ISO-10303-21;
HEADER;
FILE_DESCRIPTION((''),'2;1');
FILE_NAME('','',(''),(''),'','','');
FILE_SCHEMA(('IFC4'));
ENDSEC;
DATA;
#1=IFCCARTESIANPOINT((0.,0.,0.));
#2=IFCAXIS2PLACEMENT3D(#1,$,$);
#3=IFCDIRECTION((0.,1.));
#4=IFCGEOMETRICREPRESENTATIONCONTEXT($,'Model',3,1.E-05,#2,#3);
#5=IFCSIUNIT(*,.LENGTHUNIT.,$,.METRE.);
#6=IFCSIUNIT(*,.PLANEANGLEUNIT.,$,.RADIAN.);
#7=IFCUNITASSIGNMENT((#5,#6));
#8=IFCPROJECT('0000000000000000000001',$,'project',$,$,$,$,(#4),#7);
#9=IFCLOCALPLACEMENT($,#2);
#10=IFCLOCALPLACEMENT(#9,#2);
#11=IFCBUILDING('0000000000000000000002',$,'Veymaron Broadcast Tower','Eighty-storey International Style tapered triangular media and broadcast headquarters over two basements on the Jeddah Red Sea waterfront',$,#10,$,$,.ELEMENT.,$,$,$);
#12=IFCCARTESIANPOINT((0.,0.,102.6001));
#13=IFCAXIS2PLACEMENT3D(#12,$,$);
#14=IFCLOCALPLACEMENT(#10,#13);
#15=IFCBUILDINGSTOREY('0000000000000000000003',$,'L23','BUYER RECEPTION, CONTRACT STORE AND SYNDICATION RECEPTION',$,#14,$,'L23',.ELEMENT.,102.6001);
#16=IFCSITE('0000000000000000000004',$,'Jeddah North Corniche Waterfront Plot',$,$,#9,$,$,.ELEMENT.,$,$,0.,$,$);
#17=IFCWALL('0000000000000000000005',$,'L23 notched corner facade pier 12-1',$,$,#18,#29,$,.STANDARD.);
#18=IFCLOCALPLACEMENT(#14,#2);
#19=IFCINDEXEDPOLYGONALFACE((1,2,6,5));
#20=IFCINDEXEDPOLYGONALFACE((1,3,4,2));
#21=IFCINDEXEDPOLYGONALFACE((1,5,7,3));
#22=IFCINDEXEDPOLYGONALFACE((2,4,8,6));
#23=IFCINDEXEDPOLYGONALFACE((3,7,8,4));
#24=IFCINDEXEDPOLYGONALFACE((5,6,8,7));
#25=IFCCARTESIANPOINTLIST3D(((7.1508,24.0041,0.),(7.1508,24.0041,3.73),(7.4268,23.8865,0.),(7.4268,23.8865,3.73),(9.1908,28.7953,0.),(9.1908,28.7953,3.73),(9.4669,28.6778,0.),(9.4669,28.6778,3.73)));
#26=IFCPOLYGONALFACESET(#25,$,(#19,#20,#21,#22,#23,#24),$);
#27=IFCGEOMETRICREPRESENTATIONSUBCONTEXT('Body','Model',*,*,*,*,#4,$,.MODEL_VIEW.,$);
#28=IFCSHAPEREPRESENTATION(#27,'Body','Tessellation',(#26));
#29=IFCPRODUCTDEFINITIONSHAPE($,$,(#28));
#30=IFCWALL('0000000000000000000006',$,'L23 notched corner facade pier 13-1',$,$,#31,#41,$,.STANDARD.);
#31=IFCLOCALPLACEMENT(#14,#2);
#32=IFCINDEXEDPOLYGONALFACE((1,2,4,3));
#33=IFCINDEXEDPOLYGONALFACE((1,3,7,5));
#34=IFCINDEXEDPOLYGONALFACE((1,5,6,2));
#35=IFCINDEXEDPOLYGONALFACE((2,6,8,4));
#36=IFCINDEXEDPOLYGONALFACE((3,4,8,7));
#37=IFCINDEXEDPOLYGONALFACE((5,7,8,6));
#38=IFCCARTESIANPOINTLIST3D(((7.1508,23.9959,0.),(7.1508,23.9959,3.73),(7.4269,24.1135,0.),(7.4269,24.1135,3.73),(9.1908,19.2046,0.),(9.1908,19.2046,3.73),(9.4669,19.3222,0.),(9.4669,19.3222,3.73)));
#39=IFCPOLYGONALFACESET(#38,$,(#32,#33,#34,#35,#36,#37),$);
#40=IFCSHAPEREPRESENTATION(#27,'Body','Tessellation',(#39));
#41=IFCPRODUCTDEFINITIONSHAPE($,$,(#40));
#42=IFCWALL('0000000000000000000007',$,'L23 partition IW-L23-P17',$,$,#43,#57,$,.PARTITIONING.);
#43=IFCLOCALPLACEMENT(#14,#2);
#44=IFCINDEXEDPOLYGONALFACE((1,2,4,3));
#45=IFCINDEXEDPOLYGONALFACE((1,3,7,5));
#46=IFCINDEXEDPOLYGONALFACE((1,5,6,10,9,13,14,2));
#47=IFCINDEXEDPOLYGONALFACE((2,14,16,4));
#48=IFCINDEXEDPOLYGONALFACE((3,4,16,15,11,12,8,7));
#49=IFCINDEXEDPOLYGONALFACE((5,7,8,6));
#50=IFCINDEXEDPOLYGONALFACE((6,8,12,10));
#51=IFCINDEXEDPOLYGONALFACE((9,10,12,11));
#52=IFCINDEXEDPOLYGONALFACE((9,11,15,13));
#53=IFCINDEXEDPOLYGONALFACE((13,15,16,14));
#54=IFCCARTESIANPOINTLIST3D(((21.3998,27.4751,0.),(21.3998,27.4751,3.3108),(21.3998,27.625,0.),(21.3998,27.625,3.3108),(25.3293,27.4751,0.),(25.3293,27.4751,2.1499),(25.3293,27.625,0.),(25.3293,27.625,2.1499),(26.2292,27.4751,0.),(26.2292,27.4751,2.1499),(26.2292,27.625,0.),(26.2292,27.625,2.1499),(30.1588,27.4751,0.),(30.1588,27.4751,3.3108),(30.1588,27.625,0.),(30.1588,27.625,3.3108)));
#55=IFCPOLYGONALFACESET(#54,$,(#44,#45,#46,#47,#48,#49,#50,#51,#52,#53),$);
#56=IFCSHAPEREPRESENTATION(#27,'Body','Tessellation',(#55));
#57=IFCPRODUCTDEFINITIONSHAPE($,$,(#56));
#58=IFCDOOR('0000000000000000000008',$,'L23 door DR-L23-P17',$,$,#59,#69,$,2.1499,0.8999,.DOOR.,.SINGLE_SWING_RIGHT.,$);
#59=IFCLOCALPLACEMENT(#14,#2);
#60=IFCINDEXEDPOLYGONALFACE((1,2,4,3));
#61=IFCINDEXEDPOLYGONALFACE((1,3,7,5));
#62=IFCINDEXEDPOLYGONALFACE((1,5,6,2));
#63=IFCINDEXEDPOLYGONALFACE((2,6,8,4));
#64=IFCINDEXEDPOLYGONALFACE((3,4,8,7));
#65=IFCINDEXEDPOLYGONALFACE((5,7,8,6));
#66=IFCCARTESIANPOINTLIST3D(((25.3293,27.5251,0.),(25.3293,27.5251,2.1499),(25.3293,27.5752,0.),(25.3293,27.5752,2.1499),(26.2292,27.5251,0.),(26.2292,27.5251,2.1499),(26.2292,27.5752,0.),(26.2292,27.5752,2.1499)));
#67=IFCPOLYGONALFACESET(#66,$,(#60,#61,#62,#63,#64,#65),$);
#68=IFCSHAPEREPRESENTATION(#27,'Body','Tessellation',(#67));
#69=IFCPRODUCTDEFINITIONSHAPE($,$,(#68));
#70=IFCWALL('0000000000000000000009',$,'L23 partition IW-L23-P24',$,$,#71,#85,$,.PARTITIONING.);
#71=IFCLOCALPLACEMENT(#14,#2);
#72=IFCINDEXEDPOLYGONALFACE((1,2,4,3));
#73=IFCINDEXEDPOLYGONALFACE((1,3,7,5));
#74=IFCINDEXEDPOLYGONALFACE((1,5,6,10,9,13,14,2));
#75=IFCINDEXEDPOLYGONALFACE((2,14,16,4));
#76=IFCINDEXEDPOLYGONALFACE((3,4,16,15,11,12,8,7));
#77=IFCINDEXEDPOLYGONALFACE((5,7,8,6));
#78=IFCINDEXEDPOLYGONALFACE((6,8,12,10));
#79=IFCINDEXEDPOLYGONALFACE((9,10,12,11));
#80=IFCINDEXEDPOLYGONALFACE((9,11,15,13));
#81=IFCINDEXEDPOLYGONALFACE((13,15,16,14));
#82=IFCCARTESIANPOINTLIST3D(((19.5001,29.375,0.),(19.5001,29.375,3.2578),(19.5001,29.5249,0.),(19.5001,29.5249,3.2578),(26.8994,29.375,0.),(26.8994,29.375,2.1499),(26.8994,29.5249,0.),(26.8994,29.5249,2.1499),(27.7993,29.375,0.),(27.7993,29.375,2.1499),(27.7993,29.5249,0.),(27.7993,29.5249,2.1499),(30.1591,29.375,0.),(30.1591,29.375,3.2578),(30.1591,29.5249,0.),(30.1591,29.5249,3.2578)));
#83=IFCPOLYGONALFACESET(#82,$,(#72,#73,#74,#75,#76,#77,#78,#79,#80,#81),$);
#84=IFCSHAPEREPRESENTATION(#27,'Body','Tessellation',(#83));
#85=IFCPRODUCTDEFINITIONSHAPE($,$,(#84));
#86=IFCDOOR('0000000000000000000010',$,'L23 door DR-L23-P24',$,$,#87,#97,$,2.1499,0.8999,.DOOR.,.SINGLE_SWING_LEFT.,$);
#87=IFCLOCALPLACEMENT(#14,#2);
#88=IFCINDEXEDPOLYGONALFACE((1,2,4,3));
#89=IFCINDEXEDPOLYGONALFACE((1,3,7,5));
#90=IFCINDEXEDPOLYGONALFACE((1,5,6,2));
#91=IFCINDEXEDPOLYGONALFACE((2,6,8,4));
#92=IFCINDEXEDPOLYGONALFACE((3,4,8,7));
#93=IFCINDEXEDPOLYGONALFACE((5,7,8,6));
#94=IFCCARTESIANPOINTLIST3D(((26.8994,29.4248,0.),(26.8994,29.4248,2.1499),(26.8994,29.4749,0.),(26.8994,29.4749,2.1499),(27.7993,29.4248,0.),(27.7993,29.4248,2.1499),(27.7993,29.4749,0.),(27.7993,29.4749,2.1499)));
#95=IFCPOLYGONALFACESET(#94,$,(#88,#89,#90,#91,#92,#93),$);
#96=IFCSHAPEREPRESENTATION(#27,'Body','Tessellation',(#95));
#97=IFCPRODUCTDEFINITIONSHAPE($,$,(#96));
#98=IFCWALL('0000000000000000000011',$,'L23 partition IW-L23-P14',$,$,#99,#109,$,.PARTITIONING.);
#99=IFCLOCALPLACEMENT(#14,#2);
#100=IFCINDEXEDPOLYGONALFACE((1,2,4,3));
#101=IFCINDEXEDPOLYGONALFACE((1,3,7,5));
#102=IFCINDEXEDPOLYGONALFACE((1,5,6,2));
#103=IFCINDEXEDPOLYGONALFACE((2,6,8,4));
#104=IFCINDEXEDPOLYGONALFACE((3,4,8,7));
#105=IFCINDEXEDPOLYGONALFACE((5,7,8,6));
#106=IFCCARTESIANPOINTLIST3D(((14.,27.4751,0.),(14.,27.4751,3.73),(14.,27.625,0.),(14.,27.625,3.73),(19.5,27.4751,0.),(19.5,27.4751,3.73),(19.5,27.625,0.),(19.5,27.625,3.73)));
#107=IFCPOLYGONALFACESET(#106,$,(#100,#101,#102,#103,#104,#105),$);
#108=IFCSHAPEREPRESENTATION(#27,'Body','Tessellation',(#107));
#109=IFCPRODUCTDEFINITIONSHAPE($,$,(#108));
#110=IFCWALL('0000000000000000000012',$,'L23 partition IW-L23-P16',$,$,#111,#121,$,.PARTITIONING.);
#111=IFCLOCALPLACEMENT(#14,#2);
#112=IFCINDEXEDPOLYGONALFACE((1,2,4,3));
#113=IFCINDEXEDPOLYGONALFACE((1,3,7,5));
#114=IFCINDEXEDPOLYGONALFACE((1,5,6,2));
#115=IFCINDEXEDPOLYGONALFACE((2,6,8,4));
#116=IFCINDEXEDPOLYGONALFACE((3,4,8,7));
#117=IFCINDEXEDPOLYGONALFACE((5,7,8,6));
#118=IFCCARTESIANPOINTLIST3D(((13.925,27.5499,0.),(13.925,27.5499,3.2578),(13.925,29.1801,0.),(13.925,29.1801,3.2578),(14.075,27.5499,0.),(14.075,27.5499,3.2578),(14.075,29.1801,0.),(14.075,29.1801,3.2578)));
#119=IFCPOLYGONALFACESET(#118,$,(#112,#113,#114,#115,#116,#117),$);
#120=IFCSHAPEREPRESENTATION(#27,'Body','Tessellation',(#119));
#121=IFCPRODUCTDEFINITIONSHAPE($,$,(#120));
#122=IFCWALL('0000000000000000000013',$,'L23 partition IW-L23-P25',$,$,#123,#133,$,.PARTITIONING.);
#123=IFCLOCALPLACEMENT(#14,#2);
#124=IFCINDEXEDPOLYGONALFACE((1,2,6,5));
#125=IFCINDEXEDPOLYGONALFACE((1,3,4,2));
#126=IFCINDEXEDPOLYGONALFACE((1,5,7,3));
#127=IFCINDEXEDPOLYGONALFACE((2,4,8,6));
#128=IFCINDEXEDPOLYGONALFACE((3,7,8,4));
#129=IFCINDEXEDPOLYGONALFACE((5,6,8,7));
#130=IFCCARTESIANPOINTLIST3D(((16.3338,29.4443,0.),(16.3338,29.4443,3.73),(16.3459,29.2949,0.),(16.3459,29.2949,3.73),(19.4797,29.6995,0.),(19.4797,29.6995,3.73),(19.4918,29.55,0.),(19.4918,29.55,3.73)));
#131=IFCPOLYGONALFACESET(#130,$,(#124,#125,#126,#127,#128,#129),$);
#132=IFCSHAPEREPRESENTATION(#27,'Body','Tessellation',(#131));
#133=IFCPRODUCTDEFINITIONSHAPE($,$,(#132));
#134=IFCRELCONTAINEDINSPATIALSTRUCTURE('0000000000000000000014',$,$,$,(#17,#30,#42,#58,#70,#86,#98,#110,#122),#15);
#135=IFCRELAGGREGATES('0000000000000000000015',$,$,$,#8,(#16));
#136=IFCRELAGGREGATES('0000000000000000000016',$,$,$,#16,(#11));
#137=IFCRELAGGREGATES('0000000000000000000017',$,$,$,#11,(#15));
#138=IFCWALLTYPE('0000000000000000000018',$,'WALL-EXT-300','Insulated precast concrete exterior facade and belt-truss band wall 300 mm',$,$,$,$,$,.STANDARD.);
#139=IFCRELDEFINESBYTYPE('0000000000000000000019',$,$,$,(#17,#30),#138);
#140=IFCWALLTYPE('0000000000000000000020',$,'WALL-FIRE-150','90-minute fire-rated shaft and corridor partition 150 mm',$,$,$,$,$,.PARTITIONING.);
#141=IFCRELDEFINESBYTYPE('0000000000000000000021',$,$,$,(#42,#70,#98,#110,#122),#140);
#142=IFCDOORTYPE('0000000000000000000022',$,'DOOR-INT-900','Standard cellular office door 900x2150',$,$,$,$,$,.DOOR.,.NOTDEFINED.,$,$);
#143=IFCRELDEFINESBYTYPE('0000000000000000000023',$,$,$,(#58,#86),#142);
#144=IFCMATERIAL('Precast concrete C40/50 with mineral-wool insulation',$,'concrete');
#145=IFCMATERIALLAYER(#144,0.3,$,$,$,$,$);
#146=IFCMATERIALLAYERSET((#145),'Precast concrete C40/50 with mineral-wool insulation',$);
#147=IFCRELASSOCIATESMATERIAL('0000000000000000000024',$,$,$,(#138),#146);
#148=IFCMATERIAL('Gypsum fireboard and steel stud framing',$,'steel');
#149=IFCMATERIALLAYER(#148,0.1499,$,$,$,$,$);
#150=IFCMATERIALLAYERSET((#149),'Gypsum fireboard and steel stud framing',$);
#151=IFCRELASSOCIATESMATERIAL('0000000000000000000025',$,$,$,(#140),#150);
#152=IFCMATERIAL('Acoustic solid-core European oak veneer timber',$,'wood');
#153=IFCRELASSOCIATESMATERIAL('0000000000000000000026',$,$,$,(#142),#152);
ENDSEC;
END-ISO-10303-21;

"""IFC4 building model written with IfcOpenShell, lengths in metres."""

from ifc_helpers import new_model, si_unit, direction, frame, frame_2d, origin, place, context, subcontext, project, spatial, rectangle, extrude, material, layer, layer_set, type_object, element, fill, save


model = new_model("IFC4")

# Units and contexts
model_context = context("Model", 3, precision=1e-05, world=origin(), true_north=direction((0.0, 1.0)))
body_context = subcontext(model_context, "Body", "Model", "MODEL_VIEW")
ifc_project = project(units=[si_unit("LENGTHUNIT", "METRE"), si_unit("PLANEANGLEUNIT", "RADIAN")], contexts=[model_context])

# Site, building, storey
site_placement = place(None, origin())
site = spatial("IfcSite", under=ifc_project, at=site_placement, Name="Jeddah North Corniche Waterfront Plot", CompositionType="ELEMENT", RefElevation=0.0)
building_placement = place(site_placement, origin())
building = spatial("IfcBuilding", under=site, at=building_placement, Name="Veymaron Broadcast Tower", Description="Eighty-storey International Style tapered triangular media and broadcast headquarters over two basements on the Jeddah Red Sea waterfront", CompositionType="ELEMENT")
storey_placement = place(building_placement, frame((0.0, 0.0, 102.6001)))
storey = spatial("IfcBuildingStorey", under=building, at=storey_placement, Name="L23", Description="BUYER RECEPTION, CONTRACT STORE AND SYNDICATION RECEPTION", LongName="L23", CompositionType="ELEMENT", Elevation=102.6001)

# Walls
ifc_material_1 = material(Name="Precast concrete C40/50 with mineral-wool insulation", Category="concrete")
ifc_layer_1 = layer(ifc_material_1, 0.3)
ifc_layer_set_1 = layer_set([ifc_layer_1], Name="Precast concrete C40/50 with mineral-wool insulation")
wall_type_1 = type_object("IfcWallType", Name="WALL-EXT-300", Description="Insulated precast concrete exterior facade and belt-truss band wall 300 mm", PredefinedType="STANDARD", material=ifc_layer_set_1)
for number, where, z_axis, x_axis, name in (
    (1, (9.3289, 28.7366, 0.0), (0.0, 0.0, 1.0), (-0.391751, -0.920071, 0.0), "L23 notched corner facade pier 12-1"),
    (2, (7.2888, 24.0547, 0.0), (0.0, 0.0, 1.0), (0.391751, -0.920071, 0.0), "L23 notched corner facade pier 13-1"),
):
    element("IfcWall", number, at=place(storey_placement, frame(where, z_axis=z_axis, x_axis=x_axis)), inside=storey, type_object=wall_type_1, Name=name, PredefinedType="STANDARD", context=body_context, shape_type="SweptSolid", body=[
        extrude(rectangle(XDim=5.2075, YDim=0.3, at=frame_2d((2.6038, 0.0))), origin(), (0.0, 0.0, 1.0), 3.73),
    ])

# Walls, openings, doors
ifc_material_2 = material(Name="Gypsum fireboard and steel stud framing", Category="steel")
ifc_layer_2 = layer(ifc_material_2, 0.1499)
ifc_layer_set_2 = layer_set([ifc_layer_2], Name="Gypsum fireboard and steel stud framing")
wall_type_2 = type_object("IfcWallType", Name="WALL-FIRE-150", Description="90-minute fire-rated shaft and corridor partition 150 mm", PredefinedType="PARTITIONING", material=ifc_layer_set_2)
wall_1_placement = place(storey_placement, frame((21.3999, 27.55, 0.0), z_axis=(0.0, 0.0, 1.0), x_axis=(1.0, 0.0, 0.0)))
wall_1 = element("IfcWall", 3, at=wall_1_placement, inside=storey, type_object=wall_type_2, Name="L23 partition IW-L23-P17", PredefinedType="PARTITIONING", context=body_context, shape_type="SweptSolid", body=[
    extrude(rectangle(XDim=8.759, YDim=0.1499, at=frame_2d((4.3794, 0.0))), origin(), (0.0, 0.0, 1.0), 3.3108),
])
opening_1_placement = place(wall_1_placement, frame((3.9294, 0.0, 0.0)))
opening_1 = element("IfcOpeningElement", 4, at=opening_1_placement, cuts=wall_1, PredefinedType="OPENING", context=body_context, shape_type="SweptSolid", body=[
    extrude(rectangle(XDim=0.8999, YDim=2.1499, at=frame_2d((0.45, 1.075))), frame((0.0, 0.085, 0.0), z_axis=(0.0, -1.0, 0.0), x_axis=(1.0, 0.0, 0.0)), (0.0, 0.0, 1.0), 0.1699),
])
ifc_material_3 = material(Name="Acoustic solid-core European oak veneer timber", Category="wood")
door_type = type_object("IfcDoorType", Name="DOOR-INT-900", Description="Standard cellular office door 900x2150", OperationType="NOTDEFINED", PredefinedType="DOOR", material=ifc_material_3)
door_1_placement = place(opening_1_placement, frame((0.8999, 0.0, 0.0), z_axis=(0.0, 0.0, 1.0), x_axis=(-1.0, 0.0, 0.0)))
door_1 = element("IfcDoor", 5, at=door_1_placement, inside=storey, type_object=door_type, Name="L23 door DR-L23-P17", OperationType="SINGLE_SWING_RIGHT", OverallHeight=2.1499, OverallWidth=0.8999, PredefinedType="DOOR", context=body_context, shape_type="SweptSolid", body=[
    extrude(rectangle(XDim=0.8999, YDim=2.1499, at=frame_2d((0.45, 1.075))), frame((0.0, 0.0249, 0.0), z_axis=(0.0, -1.0, 0.0), x_axis=(1.0, 0.0, 0.0)), (0.0, 0.0, 1.0), 0.05),
])
fill(opening_1, door_1)
wall_2_placement = place(storey_placement, frame((19.5, 29.45, 0.0), z_axis=(0.0, 0.0, 1.0), x_axis=(1.0, 0.0, 0.0)))
wall_2 = element("IfcWall", 6, at=wall_2_placement, inside=storey, type_object=wall_type_2, Name="L23 partition IW-L23-P24", PredefinedType="PARTITIONING", context=body_context, shape_type="SweptSolid", body=[
    extrude(rectangle(XDim=10.6589, YDim=0.1499, at=frame_2d((5.3296, 0.0))), origin(), (0.0, 0.0, 1.0), 3.2578),
])
opening_2_placement = place(wall_2_placement, frame((7.3994, 0.0, 0.0)))
opening_2 = element("IfcOpeningElement", 7, at=opening_2_placement, cuts=wall_2, PredefinedType="OPENING", context=body_context, shape_type="SweptSolid", body=[
    extrude(rectangle(XDim=0.8999, YDim=2.1499, at=frame_2d((0.45, 1.075))), frame((0.0, 0.085, 0.0), z_axis=(0.0, -1.0, 0.0), x_axis=(1.0, 0.0, 0.0)), (0.0, 0.0, 1.0), 0.1699),
])
door_2_placement = place(opening_2_placement, origin())
door_2 = element("IfcDoor", 8, at=door_2_placement, inside=storey, type_object=door_type, Name="L23 door DR-L23-P24", OperationType="SINGLE_SWING_LEFT", OverallHeight=2.1499, OverallWidth=0.8999, PredefinedType="DOOR", context=body_context, shape_type="SweptSolid", body=[
    extrude(rectangle(XDim=0.8999, YDim=2.1499, at=frame_2d((0.45, 1.075))), frame((0.0, 0.0249, 0.0), z_axis=(0.0, -1.0, 0.0), x_axis=(1.0, 0.0, 0.0)), (0.0, 0.0, 1.0), 0.05),
])
fill(opening_2, door_2)

# Walls
wall_3_placement = place(storey_placement, frame((14.0, 27.55, 0.0), z_axis=(0.0, 0.0, 1.0), x_axis=(1.0, 0.0, 0.0)))
element("IfcWall", 9, at=wall_3_placement, inside=storey, type_object=wall_type_2, Name="L23 partition IW-L23-P14", PredefinedType="PARTITIONING", context=body_context, shape_type="SweptSolid", body=[
    extrude(rectangle(XDim=5.5, YDim=0.1499, at=frame_2d((2.75, 0.0))), origin(), (0.0, 0.0, 1.0), 3.73),
])
wall_4_placement = place(storey_placement, frame((14.0, 27.55, 0.0), z_axis=(0.0, 0.0, 1.0), x_axis=(0.0, 1.0, 0.0)))
element("IfcWall", 10, at=wall_4_placement, inside=storey, type_object=wall_type_2, Name="L23 partition IW-L23-P16", PredefinedType="PARTITIONING", context=body_context, shape_type="SweptSolid", body=[
    extrude(rectangle(XDim=1.6301, YDim=0.1499, at=frame_2d((0.8149, 0.0))), origin(), (0.0, 0.0, 1.0), 3.2578),
])
wall_5_placement = place(storey_placement, frame((16.3398, 29.3696, 0.0), z_axis=(0.0, 0.0, 1.0), x_axis=(0.996728, 0.08083, 0.0)))
element("IfcWall", 11, at=wall_5_placement, inside=storey, type_object=wall_type_2, Name="L23 partition IW-L23-P25", PredefinedType="PARTITIONING", context=body_context, shape_type="SweptSolid", body=[
    extrude(rectangle(XDim=3.1562, YDim=0.1499, at=frame_2d((1.5781, 0.0))), origin(), (0.0, 0.0, 1.0), 3.73),
])

save(model, "model.ifc")
